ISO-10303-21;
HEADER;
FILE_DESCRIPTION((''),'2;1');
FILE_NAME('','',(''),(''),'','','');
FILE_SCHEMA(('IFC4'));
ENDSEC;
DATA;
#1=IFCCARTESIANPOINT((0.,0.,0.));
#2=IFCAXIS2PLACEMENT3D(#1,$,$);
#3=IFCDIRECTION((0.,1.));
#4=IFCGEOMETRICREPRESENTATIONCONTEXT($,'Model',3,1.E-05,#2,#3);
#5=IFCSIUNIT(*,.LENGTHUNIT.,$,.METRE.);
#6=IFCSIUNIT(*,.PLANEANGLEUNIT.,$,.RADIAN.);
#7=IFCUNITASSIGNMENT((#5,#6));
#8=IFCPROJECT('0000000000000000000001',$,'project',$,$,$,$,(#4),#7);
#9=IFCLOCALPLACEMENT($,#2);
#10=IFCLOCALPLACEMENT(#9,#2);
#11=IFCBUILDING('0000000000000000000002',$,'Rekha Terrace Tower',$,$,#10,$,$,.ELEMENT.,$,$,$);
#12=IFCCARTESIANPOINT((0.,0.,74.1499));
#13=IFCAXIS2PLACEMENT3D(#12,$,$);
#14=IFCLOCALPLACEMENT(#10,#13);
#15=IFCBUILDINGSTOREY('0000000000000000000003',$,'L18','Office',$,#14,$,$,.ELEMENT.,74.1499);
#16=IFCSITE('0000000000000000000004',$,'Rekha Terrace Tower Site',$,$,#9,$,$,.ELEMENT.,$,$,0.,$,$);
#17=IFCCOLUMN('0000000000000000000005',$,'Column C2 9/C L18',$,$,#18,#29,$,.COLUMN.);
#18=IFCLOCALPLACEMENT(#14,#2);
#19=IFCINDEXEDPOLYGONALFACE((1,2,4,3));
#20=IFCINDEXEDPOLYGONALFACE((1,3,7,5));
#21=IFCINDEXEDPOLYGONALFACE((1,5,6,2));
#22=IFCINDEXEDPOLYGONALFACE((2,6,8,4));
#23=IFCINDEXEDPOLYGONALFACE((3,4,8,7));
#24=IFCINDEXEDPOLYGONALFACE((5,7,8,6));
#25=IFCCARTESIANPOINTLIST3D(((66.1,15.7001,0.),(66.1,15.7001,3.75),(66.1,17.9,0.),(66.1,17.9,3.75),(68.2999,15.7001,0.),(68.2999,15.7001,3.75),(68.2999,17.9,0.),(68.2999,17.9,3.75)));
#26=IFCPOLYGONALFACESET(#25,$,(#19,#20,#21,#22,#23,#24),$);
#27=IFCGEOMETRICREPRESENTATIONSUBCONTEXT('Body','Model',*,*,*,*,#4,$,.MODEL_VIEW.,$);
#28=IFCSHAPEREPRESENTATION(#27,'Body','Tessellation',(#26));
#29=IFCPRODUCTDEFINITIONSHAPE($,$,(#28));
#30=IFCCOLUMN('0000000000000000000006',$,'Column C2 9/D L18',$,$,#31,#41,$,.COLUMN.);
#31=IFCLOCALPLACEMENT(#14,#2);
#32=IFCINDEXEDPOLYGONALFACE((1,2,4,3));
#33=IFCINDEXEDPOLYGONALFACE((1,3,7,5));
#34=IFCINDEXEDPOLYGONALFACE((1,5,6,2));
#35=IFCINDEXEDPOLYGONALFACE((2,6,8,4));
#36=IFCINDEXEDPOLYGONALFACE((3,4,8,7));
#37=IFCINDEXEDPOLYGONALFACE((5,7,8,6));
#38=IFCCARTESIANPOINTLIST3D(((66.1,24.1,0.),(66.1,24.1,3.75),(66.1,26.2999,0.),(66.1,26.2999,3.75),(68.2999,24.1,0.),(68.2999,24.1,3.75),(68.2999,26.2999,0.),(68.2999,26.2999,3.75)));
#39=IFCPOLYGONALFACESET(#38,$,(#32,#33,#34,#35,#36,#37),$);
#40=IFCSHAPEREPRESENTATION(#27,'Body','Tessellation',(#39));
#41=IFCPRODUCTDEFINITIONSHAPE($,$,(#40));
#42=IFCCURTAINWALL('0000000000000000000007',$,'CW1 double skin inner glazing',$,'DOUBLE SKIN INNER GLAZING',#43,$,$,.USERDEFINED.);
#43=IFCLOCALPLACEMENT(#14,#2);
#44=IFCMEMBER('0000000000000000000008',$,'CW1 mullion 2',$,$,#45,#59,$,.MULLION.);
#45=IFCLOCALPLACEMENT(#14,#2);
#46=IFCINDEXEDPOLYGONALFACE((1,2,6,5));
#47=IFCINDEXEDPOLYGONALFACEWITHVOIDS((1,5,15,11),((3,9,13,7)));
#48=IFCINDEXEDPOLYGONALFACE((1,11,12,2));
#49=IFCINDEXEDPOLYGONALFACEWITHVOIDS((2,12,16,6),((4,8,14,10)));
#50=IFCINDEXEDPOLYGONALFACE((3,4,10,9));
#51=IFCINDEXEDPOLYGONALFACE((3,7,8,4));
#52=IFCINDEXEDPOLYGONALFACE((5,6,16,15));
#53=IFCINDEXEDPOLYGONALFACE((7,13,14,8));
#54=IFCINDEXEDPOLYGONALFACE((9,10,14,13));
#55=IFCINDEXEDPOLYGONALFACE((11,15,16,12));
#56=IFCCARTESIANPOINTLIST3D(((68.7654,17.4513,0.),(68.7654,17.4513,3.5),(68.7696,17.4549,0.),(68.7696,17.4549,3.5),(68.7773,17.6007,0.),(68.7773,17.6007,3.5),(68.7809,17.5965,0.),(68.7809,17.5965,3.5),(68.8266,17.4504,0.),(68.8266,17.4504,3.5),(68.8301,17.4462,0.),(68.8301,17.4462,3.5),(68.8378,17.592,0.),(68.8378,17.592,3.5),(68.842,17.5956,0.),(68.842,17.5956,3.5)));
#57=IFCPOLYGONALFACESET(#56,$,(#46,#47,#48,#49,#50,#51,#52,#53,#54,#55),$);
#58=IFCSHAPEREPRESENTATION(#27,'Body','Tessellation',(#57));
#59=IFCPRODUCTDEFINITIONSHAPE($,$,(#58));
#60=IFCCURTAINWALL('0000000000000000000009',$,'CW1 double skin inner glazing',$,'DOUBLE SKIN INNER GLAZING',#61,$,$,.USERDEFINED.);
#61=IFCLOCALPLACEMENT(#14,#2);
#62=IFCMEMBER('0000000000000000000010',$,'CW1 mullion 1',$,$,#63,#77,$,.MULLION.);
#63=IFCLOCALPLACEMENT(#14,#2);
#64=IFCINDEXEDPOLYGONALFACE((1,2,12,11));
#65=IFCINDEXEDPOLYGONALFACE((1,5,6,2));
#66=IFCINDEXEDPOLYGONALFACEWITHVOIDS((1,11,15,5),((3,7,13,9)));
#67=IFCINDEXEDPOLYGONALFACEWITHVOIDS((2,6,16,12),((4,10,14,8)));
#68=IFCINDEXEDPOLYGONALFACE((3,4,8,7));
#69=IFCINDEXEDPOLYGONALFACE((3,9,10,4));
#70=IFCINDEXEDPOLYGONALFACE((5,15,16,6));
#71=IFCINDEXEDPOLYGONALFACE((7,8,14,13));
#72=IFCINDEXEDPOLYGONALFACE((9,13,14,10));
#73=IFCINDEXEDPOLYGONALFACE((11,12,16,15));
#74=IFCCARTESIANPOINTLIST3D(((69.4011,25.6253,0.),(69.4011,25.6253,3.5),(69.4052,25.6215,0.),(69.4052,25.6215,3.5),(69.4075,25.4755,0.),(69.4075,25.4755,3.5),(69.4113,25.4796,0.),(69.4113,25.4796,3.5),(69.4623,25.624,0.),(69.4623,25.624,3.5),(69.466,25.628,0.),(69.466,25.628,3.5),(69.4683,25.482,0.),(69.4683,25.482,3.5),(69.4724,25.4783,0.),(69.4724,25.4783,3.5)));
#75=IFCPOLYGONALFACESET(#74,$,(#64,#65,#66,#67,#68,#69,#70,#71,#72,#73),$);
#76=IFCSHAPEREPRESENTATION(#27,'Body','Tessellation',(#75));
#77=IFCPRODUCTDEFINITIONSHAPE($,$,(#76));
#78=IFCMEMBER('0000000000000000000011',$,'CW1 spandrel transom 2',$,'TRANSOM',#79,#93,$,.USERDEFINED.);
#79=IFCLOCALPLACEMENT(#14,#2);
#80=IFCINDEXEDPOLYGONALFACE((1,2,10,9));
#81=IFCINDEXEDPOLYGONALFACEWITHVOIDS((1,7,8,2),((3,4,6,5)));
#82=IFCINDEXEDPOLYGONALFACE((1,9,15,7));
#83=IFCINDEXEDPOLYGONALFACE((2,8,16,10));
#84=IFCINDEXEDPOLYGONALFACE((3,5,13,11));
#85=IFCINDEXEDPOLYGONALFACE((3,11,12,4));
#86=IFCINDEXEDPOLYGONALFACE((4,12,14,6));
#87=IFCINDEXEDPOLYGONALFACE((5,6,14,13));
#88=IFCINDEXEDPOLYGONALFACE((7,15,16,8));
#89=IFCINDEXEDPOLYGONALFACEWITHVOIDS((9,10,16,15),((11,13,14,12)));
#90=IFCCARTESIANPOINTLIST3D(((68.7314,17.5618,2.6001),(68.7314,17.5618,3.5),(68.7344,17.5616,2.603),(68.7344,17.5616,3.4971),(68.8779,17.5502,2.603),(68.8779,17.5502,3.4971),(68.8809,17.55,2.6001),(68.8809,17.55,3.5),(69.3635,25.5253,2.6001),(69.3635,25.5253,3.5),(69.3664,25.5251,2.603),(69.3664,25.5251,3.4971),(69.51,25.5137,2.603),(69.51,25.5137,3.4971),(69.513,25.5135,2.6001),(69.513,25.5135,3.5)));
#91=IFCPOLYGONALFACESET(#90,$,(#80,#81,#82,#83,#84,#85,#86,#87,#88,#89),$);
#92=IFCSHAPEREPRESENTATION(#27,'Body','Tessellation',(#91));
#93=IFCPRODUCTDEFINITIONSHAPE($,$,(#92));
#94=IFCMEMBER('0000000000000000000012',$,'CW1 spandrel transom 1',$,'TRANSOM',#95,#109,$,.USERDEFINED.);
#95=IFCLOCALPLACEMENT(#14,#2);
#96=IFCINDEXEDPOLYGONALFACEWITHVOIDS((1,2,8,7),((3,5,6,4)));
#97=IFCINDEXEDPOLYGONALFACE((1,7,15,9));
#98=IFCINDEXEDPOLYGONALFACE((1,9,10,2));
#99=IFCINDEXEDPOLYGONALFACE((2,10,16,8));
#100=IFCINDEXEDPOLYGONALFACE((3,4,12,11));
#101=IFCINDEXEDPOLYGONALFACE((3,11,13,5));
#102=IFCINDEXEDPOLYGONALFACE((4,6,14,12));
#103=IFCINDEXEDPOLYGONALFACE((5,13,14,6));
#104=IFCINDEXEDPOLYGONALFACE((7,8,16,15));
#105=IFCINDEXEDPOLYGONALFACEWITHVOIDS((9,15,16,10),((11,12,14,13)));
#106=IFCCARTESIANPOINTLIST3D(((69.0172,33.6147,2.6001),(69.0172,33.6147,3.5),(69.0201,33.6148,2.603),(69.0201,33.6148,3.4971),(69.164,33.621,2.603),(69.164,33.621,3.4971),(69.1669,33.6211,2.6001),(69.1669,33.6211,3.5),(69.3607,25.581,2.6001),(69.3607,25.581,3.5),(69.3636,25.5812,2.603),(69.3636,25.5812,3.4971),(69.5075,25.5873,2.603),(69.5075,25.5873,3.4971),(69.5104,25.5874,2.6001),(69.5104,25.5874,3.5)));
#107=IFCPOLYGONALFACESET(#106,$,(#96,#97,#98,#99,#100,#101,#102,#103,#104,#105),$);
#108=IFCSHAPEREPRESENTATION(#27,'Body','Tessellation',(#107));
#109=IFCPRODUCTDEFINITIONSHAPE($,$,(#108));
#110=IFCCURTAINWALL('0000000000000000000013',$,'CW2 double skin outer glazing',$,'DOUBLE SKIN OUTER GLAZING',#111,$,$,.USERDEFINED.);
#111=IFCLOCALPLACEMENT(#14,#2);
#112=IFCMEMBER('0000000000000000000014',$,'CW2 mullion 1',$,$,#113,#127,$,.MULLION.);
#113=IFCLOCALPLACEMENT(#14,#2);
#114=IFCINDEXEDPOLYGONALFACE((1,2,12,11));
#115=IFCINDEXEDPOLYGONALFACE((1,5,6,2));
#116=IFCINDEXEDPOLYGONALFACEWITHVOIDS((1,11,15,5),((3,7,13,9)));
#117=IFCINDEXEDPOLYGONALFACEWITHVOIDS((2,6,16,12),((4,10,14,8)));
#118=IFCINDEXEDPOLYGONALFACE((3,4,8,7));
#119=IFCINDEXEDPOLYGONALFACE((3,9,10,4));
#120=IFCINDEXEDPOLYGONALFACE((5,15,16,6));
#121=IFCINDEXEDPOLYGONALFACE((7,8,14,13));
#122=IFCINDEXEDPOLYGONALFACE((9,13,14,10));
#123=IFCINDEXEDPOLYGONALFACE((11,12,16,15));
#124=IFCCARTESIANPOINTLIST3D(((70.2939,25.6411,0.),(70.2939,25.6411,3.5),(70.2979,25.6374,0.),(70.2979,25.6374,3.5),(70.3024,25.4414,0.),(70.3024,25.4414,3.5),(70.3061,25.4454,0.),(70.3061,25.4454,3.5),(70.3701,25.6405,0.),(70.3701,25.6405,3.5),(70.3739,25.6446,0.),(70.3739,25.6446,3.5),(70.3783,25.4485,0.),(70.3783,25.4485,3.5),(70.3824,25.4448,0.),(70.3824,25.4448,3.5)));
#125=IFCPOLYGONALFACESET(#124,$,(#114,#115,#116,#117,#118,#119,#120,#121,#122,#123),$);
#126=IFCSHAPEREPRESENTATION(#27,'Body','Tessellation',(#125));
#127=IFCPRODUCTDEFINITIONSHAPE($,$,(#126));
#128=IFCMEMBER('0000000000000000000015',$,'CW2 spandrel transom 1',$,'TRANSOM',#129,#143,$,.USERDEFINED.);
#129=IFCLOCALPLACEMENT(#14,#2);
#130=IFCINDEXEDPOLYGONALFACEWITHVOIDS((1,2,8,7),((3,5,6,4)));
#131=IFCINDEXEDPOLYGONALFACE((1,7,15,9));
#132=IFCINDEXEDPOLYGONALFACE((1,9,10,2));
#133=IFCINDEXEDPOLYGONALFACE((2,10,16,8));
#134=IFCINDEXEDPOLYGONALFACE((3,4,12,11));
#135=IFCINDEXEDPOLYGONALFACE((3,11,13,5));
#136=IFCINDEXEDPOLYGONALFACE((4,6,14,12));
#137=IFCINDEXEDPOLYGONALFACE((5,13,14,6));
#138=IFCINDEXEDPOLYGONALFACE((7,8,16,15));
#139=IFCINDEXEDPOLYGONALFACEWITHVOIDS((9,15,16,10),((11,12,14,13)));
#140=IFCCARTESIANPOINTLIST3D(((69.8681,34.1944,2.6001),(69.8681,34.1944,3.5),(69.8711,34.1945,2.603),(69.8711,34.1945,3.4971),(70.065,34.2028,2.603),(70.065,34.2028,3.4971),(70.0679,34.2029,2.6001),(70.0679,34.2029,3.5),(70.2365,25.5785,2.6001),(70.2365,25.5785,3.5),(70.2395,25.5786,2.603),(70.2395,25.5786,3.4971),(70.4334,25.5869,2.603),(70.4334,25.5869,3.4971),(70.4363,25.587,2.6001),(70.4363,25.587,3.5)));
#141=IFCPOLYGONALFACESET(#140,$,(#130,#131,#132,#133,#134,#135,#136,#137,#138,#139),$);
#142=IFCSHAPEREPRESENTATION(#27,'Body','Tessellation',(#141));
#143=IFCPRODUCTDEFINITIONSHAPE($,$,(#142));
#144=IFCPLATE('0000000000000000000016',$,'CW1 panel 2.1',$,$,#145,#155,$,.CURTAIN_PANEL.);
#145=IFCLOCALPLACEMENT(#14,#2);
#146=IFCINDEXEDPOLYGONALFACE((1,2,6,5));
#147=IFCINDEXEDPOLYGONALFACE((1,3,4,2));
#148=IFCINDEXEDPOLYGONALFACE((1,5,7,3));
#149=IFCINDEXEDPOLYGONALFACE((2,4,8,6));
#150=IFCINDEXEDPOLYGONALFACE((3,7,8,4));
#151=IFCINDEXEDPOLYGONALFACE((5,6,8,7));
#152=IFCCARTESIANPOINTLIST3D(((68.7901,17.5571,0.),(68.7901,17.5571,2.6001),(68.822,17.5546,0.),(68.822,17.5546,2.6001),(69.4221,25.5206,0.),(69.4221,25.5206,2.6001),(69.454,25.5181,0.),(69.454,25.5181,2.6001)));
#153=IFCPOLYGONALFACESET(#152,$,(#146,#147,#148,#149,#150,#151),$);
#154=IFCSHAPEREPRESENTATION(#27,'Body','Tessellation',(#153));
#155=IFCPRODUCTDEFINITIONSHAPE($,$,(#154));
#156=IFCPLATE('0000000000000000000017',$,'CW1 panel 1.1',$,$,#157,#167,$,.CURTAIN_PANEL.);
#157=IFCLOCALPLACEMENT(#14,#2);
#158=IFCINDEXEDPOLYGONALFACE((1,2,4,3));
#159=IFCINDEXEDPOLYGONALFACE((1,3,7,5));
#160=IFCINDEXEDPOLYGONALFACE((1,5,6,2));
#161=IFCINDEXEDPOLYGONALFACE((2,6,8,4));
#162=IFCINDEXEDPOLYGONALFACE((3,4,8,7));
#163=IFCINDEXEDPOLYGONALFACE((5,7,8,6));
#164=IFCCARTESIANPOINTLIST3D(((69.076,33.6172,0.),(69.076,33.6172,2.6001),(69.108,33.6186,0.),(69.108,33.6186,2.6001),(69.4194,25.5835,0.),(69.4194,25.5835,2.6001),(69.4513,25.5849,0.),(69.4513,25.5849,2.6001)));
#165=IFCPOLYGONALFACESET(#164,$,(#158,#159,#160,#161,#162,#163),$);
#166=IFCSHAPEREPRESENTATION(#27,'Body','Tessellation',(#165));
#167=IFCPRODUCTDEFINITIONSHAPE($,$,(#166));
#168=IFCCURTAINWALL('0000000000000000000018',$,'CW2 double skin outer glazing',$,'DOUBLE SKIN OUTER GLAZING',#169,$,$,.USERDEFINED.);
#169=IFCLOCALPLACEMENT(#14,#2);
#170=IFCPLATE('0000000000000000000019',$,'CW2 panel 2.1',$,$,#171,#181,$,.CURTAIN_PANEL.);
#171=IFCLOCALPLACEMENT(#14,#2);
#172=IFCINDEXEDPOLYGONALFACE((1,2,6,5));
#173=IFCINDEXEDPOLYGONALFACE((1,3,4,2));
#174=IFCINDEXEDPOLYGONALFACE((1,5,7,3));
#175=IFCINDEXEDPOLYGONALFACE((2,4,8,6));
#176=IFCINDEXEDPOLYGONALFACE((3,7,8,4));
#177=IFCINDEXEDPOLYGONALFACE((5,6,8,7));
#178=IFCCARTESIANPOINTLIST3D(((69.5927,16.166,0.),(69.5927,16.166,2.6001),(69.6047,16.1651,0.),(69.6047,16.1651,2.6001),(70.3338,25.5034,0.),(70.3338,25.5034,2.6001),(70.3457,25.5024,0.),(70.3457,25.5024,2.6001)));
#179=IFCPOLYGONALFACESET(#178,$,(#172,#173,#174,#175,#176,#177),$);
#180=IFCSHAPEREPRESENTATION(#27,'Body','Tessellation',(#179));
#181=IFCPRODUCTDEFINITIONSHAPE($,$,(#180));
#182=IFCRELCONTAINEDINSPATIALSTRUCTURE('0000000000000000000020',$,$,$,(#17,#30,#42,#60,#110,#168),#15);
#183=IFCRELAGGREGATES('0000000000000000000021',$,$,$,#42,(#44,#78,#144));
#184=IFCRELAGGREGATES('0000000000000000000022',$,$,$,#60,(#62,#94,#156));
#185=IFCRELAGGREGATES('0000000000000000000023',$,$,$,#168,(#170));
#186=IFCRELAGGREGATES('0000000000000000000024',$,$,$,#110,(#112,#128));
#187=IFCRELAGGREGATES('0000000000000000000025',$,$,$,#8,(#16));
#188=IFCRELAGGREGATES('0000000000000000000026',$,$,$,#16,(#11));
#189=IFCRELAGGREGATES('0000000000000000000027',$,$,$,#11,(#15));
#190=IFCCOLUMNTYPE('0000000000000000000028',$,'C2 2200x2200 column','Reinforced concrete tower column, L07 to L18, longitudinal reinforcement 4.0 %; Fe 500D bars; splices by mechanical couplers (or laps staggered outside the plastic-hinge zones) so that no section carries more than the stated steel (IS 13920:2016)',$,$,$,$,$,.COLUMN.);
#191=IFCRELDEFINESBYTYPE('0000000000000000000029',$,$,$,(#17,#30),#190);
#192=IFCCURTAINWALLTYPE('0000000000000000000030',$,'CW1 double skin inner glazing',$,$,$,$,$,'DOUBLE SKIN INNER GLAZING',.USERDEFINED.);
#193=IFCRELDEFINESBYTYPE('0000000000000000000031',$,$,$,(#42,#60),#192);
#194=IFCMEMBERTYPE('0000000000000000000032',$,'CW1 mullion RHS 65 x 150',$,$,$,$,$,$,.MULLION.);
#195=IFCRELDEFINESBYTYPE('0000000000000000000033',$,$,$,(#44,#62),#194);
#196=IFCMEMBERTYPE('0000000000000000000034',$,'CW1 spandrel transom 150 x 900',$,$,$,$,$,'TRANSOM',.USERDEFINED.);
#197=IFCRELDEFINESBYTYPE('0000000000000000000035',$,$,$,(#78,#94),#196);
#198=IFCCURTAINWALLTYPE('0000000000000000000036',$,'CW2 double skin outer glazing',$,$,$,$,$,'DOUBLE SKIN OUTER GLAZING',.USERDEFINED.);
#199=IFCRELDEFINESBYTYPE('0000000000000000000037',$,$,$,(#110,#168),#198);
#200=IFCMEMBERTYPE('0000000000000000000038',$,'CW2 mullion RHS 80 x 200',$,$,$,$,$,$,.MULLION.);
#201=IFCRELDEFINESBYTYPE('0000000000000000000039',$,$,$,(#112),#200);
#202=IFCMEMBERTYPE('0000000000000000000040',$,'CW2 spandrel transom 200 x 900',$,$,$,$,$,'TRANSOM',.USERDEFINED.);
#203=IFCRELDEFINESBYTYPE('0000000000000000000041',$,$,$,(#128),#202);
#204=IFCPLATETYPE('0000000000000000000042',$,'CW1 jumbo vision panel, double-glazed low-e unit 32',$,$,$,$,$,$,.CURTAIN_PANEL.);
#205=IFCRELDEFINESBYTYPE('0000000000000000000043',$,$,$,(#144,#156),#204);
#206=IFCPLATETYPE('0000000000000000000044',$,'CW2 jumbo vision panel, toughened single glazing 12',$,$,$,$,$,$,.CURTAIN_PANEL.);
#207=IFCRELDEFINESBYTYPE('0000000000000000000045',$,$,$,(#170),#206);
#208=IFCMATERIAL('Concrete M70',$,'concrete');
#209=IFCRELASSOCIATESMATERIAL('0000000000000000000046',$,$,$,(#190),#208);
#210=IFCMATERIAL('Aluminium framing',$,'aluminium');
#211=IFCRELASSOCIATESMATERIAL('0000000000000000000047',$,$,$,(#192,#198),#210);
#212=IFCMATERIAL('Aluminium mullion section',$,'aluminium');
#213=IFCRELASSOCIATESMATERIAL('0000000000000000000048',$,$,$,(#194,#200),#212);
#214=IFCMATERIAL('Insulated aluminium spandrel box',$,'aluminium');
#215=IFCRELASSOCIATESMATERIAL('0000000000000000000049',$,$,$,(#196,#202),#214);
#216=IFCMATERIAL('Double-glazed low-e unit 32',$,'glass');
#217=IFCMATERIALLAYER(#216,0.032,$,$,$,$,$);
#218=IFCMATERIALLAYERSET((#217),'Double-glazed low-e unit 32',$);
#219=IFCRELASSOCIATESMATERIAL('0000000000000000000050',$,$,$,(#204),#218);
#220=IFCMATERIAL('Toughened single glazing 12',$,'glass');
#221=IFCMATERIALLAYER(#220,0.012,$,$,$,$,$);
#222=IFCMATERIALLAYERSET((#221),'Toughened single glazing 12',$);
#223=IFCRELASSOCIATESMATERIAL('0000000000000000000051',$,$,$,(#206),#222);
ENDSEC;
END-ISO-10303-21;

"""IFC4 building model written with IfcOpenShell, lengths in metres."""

from ifc_helpers import new_model, si_unit, direction, frame, origin, origin_2d, place, context, subcontext, project, spatial, rectangle, hollow_rectangle, extrude, material, layer, layer_set, material_profile, profile_set, type_object, element, aggregate, save


model = new_model("IFC4")

# Units and contexts
model_context = context("Model", 3, precision=1e-05, world=origin(), true_north=direction((0.0, 1.0)))
body_context = subcontext(model_context, "Body", "Model", "MODEL_VIEW")
ifc_project = project(units=[si_unit("LENGTHUNIT", "METRE"), si_unit("PLANEANGLEUNIT", "RADIAN")], contexts=[model_context])

# Site, building, storey
site_placement = place(None, origin())
site = spatial("IfcSite", under=ifc_project, at=site_placement, Name="Rekha Terrace Tower Site", CompositionType="ELEMENT", RefElevation=0.0)
building_placement = place(site_placement, origin())
building = spatial("IfcBuilding", under=site, at=building_placement, Name="Rekha Terrace Tower", CompositionType="ELEMENT")
storey_placement = place(building_placement, frame((0.0, 0.0, 74.1499)))
storey = spatial("IfcBuildingStorey", under=building, at=storey_placement, Name="L18", Description="Office", CompositionType="ELEMENT", Elevation=74.1499)

# Columns
ifc_material_1 = material(Name="Concrete M70", Category="concrete")
ifc_material_profile_1 = material_profile(ifc_material_1, rectangle(XDim=2.2, YDim=2.2, at=origin_2d()), Name="RC 2200x2200")
ifc_profile_set_1 = profile_set([ifc_material_profile_1], Name="Concrete M70")
column_type = type_object("IfcColumnType", Name="C2 2200x2200 column", Description="Reinforced concrete tower column, L07 to L18, longitudinal reinforcement 4.0 %; Fe 500D bars; splices by mechanical couplers (or laps staggered outside the plastic-hinge zones) so that no section carries more than the stated steel (IS 13920:2016)", PredefinedType="COLUMN", material=ifc_profile_set_1)
for number, where, z_axis, x_axis, name in (
    (1, (67.2, 16.8, 0.0), (0.0, 0.0, 1.0), (1.0, 0.0, 0.0), "Column C2 9/C L18"),
    (2, (67.2, 25.2, 0.0), (0.0, 0.0, 1.0), (1.0, 0.0, 0.0), "Column C2 9/D L18"),
):
    element("IfcColumn", number, at=place(storey_placement, frame(where, z_axis=z_axis, x_axis=x_axis)), inside=storey, type_object=column_type, Name=name, PredefinedType="COLUMN", context=body_context, shape_type="SweptSolid", body=[
        extrude(rectangle(XDim=2.2, YDim=2.2, at=origin_2d()), origin(), (0.0, 0.0, 1.0), 3.75),
    ])

# Curtain walls, members
ifc_material_2 = material(Name="Aluminium framing", Category="aluminium")
curtain_wall_type_1 = type_object("IfcCurtainWallType", Name="CW1 double skin inner glazing", ElementType="DOUBLE SKIN INNER GLAZING", PredefinedType="USERDEFINED", material=ifc_material_2)
curtain_wall_1_placement = place(storey_placement, origin())
curtain_wall_1 = element("IfcCurtainWall", 3, at=curtain_wall_1_placement, inside=storey, type_object=curtain_wall_type_1, Name="CW1 double skin inner glazing", ObjectType="DOUBLE SKIN INNER GLAZING", PredefinedType="USERDEFINED")
ifc_material_3 = material(Name="Aluminium mullion section", Category="aluminium")
ifc_material_profile_2 = material_profile(ifc_material_3, hollow_rectangle(XDim=0.0649, YDim=0.1499, WallThickness=0.0039, at=origin_2d()), Name="AL RHS 65x150")
ifc_profile_set_2 = profile_set([ifc_material_profile_2], Name="Aluminium mullion section")
member_type_1 = type_object("IfcMemberType", Name="CW1 mullion RHS 65 x 150", PredefinedType="MULLION", material=ifc_profile_set_2)
member_1_placement = place(storey_placement, frame((68.8037, 17.5234, 0.0), z_axis=(0.0, 0.0, 1.0), x_axis=(-0.996865, 0.079116, 0.0)))
member_1 = element("IfcMember", 4, at=member_1_placement, type_object=member_type_1, Name="CW1 mullion 2", PredefinedType="MULLION", context=body_context, shape_type="SweptSolid", body=[
    extrude(hollow_rectangle(XDim=0.0649, YDim=0.1499, WallThickness=0.0039, at=origin_2d()), origin(), (0.0, 0.0, 1.0), 3.5),
])
curtain_wall_2_placement = place(storey_placement, origin())
curtain_wall_2 = element("IfcCurtainWall", 5, at=curtain_wall_2_placement, inside=storey, type_object=curtain_wall_type_1, Name="CW1 double skin inner glazing", ObjectType="DOUBLE SKIN INNER GLAZING", PredefinedType="USERDEFINED")
member_2_placement = place(storey_placement, frame((69.4368, 25.5518, 0.0), z_axis=(0.0, 0.0, 1.0), x_axis=(-0.999088, -0.042696, 0.0)))
member_2 = element("IfcMember", 6, at=member_2_placement, type_object=member_type_1, Name="CW1 mullion 1", PredefinedType="MULLION", context=body_context, shape_type="SweptSolid", body=[
    extrude(hollow_rectangle(XDim=0.0649, YDim=0.1499, WallThickness=0.0039, at=origin_2d()), origin(), (0.0, 0.0, 1.0), 3.5),
])

# Members
ifc_material_4 = material(Name="Insulated aluminium spandrel box", Category="aluminium")
ifc_material_profile_3 = material_profile(ifc_material_4, hollow_rectangle(XDim=0.1499, YDim=0.8999, WallThickness=0.0029, at=origin_2d()), Name="AL SPANDREL BOX 150x900")
ifc_profile_set_3 = profile_set([ifc_material_profile_3], Name="Insulated aluminium spandrel box")
member_type_2 = type_object("IfcMemberType", Name="CW1 spandrel transom 150 x 900", ElementType="TRANSOM", PredefinedType="USERDEFINED", material=ifc_profile_set_3)
member_3_placement = place(storey_placement, frame((68.8062, 17.5559, 3.05), z_axis=(0.079124, 0.996865, 0.0), x_axis=(-0.996865, 0.079124, 0.0)))
member_3 = element("IfcMember", 7, at=member_3_placement, type_object=member_type_2, Name="CW1 spandrel transom 2", ObjectType="TRANSOM", PredefinedType="USERDEFINED", context=body_context, shape_type="SweptSolid", body=[
    extrude(hollow_rectangle(XDim=0.1499, YDim=0.8999, WallThickness=0.0029, at=origin_2d()), origin(), (0.0, 0.0, 1.0), 7.9885),
])
member_4_placement = place(storey_placement, frame((69.4355, 25.5842, 3.05), z_axis=(-0.042719, 0.999087, 0.0), x_axis=(-0.999087, -0.042719, 0.0)))
member_4 = element("IfcMember", 8, at=member_4_placement, type_object=member_type_2, Name="CW1 spandrel transom 1", ObjectType="TRANSOM", PredefinedType="USERDEFINED", context=body_context, shape_type="SweptSolid", body=[
    extrude(hollow_rectangle(XDim=0.1499, YDim=0.8999, WallThickness=0.0029, at=origin_2d()), origin(), (0.0, 0.0, 1.0), 8.041),
])

# Curtain wall, members
curtain_wall_type_2 = type_object("IfcCurtainWallType", Name="CW2 double skin outer glazing", ElementType="DOUBLE SKIN OUTER GLAZING", PredefinedType="USERDEFINED", material=ifc_material_2)
curtain_wall_3_placement = place(storey_placement, origin())
curtain_wall_3 = element("IfcCurtainWall", 9, at=curtain_wall_3_placement, inside=storey, type_object=curtain_wall_type_2, Name="CW2 double skin outer glazing", ObjectType="DOUBLE SKIN OUTER GLAZING", PredefinedType="USERDEFINED")
ifc_material_profile_4 = material_profile(ifc_material_3, hollow_rectangle(XDim=0.0801, YDim=0.2, WallThickness=0.0039, at=origin_2d()), Name="AL RHS 80x200")
ifc_profile_set_4 = profile_set([ifc_material_profile_4], Name="Aluminium mullion section")
member_type_3 = type_object("IfcMemberType", Name="CW2 mullion RHS 80 x 200", PredefinedType="MULLION", material=ifc_profile_set_4)
member_5_placement = place(storey_placement, frame((70.3381, 25.543, 0.0), z_axis=(0.0, 0.0, 1.0), x_axis=(-0.999088, -0.042696, 0.0)))
member_5 = element("IfcMember", 10, at=member_5_placement, type_object=member_type_3, Name="CW2 mullion 1", PredefinedType="MULLION", context=body_context, shape_type="SweptSolid", body=[
    extrude(hollow_rectangle(XDim=0.0801, YDim=0.2, WallThickness=0.0039, at=origin_2d()), origin(), (0.0, 0.0, 1.0), 3.5),
])
ifc_material_profile_5 = material_profile(ifc_material_4, hollow_rectangle(XDim=0.2, YDim=0.8999, WallThickness=0.0029, at=origin_2d()), Name="AL SPANDREL BOX 200x900")
ifc_profile_set_5 = profile_set([ifc_material_profile_5], Name="Insulated aluminium spandrel box")
member_type_4 = type_object("IfcMemberType", Name="CW2 spandrel transom 200 x 900", ElementType="TRANSOM", PredefinedType="USERDEFINED", material=ifc_profile_set_5)
member_6_placement = place(storey_placement, frame((70.3364, 25.5828, 3.05), z_axis=(-0.04272, 0.999087, 0.0), x_axis=(-0.999087, -0.04272, 0.0)))
member_6 = element("IfcMember", 11, at=member_6_placement, type_object=member_type_4, Name="CW2 spandrel transom 1", ObjectType="TRANSOM", PredefinedType="USERDEFINED", context=body_context, shape_type="SweptSolid", body=[
    extrude(hollow_rectangle(XDim=0.2, YDim=0.8999, WallThickness=0.0029, at=origin_2d()), origin(), (0.0, 0.0, 1.0), 8.6238),
])

# Plates
ifc_material_5 = material(Name="Double-glazed low-e unit 32", Category="glass")
ifc_layer_1 = layer(ifc_material_5, 0.032)
ifc_layer_set_1 = layer_set([ifc_layer_1], Name="Double-glazed low-e unit 32")
plate_type_1 = type_object("IfcPlateType", Name="CW1 jumbo vision panel, double-glazed low-e unit 32", PredefinedType="CURTAIN_PANEL", material=ifc_layer_set_1)
plate_1_placement = place(storey_placement, frame((69.1221, 21.5376, 0.0), z_axis=(0.0, 0.0, 1.0), x_axis=(0.079116, 0.996865, 0.0)))
plate_1 = element("IfcPlate", 12, at=plate_1_placement, type_object=plate_type_1, Name="CW1 panel 2.1", PredefinedType="CURTAIN_PANEL", context=body_context, shape_type="SweptSolid", body=[
    extrude(rectangle(XDim=7.9885, YDim=0.032, at=origin_2d()), origin(), (0.0, 0.0, 1.0), 2.6001),
])
aggregate(curtain_wall_1, [member_1, member_3, plate_1])
plate_2_placement = place(storey_placement, frame((69.2637, 29.6011, 0.0), z_axis=(0.0, 0.0, 1.0), x_axis=(-0.042696, 0.999088, 0.0)))
plate_2 = element("IfcPlate", 13, at=plate_2_placement, type_object=plate_type_1, Name="CW1 panel 1.1", PredefinedType="CURTAIN_PANEL", context=body_context, shape_type="SweptSolid", body=[
    extrude(rectangle(XDim=8.041, YDim=0.032, at=origin_2d()), origin(), (0.0, 0.0, 1.0), 2.6001),
])
aggregate(curtain_wall_2, [member_2, member_4, plate_2])

# Curtain wall, plate
curtain_wall_4_placement = place(storey_placement, origin())
curtain_wall_4 = element("IfcCurtainWall", 14, at=curtain_wall_4_placement, inside=storey, type_object=curtain_wall_type_2, Name="CW2 double skin outer glazing", ObjectType="DOUBLE SKIN OUTER GLAZING", PredefinedType="USERDEFINED")
ifc_material_6 = material(Name="Toughened single glazing 12", Category="glass")
ifc_layer_2 = layer(ifc_material_6, 0.012)
ifc_layer_set_2 = layer_set([ifc_layer_2], Name="Toughened single glazing 12")
plate_type_2 = type_object("IfcPlateType", Name="CW2 jumbo vision panel, toughened single glazing 12", PredefinedType="CURTAIN_PANEL", material=ifc_layer_set_2)
plate_3_placement = place(storey_placement, frame((69.9692, 20.8342, 0.0), z_axis=(0.0, 0.0, 1.0), x_axis=(0.079116, 0.996865, 0.0)))
plate_3 = element("IfcPlate", 15, at=plate_3_placement, type_object=plate_type_2, Name="CW2 panel 2.1", PredefinedType="CURTAIN_PANEL", context=body_context, shape_type="SweptSolid", body=[
    extrude(rectangle(XDim=9.3667, YDim=0.012, at=origin_2d()), origin(), (0.0, 0.0, 1.0), 2.6001),
])
aggregate(curtain_wall_4, [plate_3])

aggregate(curtain_wall_3, [member_5, member_6])

save(model, "model.ifc")
